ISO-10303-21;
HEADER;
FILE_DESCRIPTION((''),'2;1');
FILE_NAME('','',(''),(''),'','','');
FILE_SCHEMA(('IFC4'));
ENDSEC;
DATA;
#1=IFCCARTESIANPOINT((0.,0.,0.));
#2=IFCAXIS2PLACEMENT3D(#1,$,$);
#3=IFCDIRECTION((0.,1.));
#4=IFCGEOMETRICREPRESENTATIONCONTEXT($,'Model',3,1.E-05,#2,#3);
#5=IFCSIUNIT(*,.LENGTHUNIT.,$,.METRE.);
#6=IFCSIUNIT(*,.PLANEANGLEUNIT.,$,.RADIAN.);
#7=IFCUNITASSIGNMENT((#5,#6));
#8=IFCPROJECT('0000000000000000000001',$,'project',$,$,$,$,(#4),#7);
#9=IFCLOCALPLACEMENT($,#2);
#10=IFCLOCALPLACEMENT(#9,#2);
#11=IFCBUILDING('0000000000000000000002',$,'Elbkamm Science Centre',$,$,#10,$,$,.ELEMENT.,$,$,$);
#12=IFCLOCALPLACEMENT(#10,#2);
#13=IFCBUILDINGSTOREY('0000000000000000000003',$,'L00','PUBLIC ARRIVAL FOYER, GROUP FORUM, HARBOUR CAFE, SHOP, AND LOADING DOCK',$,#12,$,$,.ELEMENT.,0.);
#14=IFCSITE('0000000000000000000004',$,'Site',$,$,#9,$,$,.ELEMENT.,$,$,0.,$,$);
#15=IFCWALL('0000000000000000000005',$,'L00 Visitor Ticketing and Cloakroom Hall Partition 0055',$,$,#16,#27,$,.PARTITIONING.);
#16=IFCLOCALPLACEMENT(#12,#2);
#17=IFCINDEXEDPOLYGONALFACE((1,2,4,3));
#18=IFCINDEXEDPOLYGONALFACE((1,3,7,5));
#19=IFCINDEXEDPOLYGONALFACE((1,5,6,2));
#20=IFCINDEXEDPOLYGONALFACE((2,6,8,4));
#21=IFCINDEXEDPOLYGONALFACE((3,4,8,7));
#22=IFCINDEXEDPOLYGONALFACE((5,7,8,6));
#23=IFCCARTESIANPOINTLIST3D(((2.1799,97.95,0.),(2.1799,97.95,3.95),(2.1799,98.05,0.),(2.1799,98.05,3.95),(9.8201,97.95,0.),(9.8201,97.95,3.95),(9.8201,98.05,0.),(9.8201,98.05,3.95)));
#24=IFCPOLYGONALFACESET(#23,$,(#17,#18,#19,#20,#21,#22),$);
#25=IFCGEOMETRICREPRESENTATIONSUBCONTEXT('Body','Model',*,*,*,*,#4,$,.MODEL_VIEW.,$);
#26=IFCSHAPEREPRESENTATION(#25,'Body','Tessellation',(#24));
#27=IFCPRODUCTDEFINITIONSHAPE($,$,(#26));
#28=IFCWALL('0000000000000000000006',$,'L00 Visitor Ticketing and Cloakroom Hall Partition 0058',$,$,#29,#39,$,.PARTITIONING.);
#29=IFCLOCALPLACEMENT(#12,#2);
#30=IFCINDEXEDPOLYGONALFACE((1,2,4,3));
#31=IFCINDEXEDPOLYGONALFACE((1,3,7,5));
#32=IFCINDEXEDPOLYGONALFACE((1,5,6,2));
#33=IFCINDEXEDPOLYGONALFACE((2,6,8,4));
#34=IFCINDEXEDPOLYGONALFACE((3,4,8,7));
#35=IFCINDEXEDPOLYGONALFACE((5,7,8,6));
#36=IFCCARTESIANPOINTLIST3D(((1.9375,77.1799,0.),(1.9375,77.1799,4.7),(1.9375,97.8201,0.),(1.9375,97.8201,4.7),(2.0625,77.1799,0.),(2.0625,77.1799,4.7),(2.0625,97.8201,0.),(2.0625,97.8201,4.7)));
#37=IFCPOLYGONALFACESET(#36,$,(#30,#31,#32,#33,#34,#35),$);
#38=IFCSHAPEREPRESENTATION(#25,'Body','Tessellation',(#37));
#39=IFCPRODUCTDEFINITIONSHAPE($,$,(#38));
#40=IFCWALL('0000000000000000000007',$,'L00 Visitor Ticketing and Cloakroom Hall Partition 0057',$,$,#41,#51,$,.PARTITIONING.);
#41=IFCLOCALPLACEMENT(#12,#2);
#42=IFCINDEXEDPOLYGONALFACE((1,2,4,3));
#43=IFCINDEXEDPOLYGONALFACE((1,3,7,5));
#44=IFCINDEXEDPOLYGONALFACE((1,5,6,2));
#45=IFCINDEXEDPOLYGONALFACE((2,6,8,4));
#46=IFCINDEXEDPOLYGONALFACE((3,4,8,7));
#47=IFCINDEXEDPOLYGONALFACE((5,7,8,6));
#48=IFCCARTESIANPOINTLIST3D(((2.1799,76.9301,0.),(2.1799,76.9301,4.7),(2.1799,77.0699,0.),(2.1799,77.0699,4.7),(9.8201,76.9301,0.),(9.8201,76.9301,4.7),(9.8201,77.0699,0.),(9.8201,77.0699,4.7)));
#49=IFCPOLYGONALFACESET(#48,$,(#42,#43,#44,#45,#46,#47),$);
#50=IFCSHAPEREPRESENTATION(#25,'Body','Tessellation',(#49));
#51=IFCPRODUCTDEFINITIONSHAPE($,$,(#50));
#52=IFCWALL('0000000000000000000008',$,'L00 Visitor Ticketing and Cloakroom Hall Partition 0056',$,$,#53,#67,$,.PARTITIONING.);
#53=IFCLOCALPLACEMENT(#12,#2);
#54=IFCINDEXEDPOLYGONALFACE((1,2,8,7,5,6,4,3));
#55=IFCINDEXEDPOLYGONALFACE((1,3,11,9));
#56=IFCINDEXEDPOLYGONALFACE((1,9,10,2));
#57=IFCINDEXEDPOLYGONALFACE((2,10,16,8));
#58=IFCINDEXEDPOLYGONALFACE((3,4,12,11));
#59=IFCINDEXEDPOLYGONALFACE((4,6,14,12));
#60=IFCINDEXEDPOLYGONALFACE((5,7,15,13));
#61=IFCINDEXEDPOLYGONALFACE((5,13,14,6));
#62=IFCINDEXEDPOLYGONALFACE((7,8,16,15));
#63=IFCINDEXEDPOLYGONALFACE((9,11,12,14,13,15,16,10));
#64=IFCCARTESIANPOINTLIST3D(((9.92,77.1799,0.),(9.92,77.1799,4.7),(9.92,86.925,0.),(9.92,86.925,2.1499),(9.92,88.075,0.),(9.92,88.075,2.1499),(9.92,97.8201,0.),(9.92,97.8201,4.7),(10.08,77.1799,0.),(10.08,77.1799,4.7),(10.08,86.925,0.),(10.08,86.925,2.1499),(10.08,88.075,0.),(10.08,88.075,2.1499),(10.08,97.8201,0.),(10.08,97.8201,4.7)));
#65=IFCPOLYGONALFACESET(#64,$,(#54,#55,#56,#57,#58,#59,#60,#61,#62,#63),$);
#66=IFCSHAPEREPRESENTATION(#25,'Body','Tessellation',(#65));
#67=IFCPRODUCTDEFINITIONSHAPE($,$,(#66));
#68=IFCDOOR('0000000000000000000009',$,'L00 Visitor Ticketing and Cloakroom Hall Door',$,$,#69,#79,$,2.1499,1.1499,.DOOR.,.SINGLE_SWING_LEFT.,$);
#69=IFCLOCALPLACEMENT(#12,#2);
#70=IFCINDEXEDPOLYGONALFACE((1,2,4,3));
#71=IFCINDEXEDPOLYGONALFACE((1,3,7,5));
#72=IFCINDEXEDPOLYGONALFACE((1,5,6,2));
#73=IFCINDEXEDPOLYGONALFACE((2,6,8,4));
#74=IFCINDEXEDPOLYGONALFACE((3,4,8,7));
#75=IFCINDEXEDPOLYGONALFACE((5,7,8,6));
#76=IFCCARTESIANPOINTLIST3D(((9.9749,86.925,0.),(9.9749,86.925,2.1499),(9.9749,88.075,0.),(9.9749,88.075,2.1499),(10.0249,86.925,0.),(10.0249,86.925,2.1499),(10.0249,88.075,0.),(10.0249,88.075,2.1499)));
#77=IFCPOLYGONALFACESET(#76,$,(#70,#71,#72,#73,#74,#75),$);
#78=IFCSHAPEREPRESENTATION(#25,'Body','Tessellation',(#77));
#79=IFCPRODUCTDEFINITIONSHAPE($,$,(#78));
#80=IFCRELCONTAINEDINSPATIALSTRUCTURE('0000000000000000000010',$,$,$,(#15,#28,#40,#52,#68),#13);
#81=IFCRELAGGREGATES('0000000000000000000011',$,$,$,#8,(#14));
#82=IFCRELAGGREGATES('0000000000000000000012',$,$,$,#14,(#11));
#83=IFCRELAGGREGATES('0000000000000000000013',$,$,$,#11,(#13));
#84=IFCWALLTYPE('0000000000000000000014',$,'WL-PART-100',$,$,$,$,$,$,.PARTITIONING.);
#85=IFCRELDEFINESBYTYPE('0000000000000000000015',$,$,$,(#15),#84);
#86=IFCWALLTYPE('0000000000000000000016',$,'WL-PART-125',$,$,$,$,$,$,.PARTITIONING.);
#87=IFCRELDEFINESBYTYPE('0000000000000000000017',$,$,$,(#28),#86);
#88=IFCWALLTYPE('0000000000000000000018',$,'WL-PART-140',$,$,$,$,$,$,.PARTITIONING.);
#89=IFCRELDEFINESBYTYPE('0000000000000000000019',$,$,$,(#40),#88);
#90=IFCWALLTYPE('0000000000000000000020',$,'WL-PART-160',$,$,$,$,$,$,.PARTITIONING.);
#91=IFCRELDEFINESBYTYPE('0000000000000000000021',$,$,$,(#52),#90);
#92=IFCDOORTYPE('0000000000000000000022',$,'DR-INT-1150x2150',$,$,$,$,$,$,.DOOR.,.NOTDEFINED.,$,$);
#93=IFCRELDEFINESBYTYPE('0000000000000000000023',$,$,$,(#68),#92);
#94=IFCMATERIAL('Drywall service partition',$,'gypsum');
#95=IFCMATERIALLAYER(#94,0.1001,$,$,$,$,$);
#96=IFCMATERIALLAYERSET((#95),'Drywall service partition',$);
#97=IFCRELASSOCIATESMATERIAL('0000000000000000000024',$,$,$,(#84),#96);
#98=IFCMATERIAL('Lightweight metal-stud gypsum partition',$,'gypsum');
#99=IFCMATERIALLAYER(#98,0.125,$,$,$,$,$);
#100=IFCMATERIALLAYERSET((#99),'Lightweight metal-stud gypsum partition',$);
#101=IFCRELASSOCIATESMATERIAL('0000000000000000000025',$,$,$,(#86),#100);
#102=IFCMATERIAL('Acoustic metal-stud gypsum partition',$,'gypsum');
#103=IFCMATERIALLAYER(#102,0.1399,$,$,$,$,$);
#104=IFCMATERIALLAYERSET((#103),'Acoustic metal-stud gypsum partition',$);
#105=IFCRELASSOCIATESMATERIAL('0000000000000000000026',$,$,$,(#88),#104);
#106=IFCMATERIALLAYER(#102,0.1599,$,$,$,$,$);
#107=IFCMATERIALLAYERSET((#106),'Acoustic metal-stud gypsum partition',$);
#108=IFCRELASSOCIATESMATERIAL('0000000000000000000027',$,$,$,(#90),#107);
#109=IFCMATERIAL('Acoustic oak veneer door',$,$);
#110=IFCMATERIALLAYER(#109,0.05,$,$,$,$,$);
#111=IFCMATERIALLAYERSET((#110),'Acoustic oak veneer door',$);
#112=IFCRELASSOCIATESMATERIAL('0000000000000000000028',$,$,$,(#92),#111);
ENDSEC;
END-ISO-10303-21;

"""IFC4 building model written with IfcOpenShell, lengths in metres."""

from ifc_helpers import new_model, si_unit, direction, frame, frame_2d, origin, place, context, subcontext, project, spatial, rectangle, extrude, material, layer, layer_set, type_object, element, fill, save


model = new_model("IFC4")

# Units and contexts
model_context = context("Model", 3, precision=1e-05, world=origin(), true_north=direction((0.0, 1.0)))
body_context = subcontext(model_context, "Body", "Model", "MODEL_VIEW")
ifc_project = project(units=[si_unit("LENGTHUNIT", "METRE"), si_unit("PLANEANGLEUNIT", "RADIAN")], contexts=[model_context])

# Site, building, storey
site_placement = place(None, origin())
site = spatial("IfcSite", under=ifc_project, at=site_placement, Name="Site", CompositionType="ELEMENT", RefElevation=0.0)
building_placement = place(site_placement, origin())
building = spatial("IfcBuilding", under=site, at=building_placement, Name="Elbkamm Science Centre", CompositionType="ELEMENT")
storey_placement = place(building_placement, origin())
storey = spatial("IfcBuildingStorey", under=building, at=storey_placement, Name="L00", Description="PUBLIC ARRIVAL FOYER, GROUP FORUM, HARBOUR CAFE, SHOP, AND LOADING DOCK", CompositionType="ELEMENT", Elevation=0.0)

# Walls
ifc_material_1 = material(Name="Drywall service partition", Category="gypsum")
ifc_layer_1 = layer(ifc_material_1, 0.1001)
ifc_layer_set_1 = layer_set([ifc_layer_1], Name="Drywall service partition")
wall_type_1 = type_object("IfcWallType", Name="WL-PART-100", PredefinedType="PARTITIONING", material=ifc_layer_set_1)
wall_1_placement = place(storey_placement, frame((2.1799, 98.0, 0.0), z_axis=(0.0, 0.0, 1.0), x_axis=(1.0, 0.0, 0.0)))
element("IfcWall", 1, at=wall_1_placement, inside=storey, type_object=wall_type_1, Name="L00 Visitor Ticketing and Cloakroom Hall Partition 0055", PredefinedType="PARTITIONING", context=body_context, shape_type="SweptSolid", body=[
    extrude(rectangle(XDim=7.6401, YDim=0.1001, at=frame_2d((3.8201, 0.0))), origin(), (0.0, 0.0, 1.0), 3.95),
])
ifc_material_2 = material(Name="Lightweight metal-stud gypsum partition", Category="gypsum")
ifc_layer_2 = layer(ifc_material_2, 0.125)
ifc_layer_set_2 = layer_set([ifc_layer_2], Name="Lightweight metal-stud gypsum partition")
wall_type_2 = type_object("IfcWallType", Name="WL-PART-125", PredefinedType="PARTITIONING", material=ifc_layer_set_2)
wall_2_placement = place(storey_placement, frame((2.0, 77.1799, 0.0), z_axis=(0.0, 0.0, 1.0), x_axis=(0.0, 1.0, 0.0)))
element("IfcWall", 2, at=wall_2_placement, inside=storey, type_object=wall_type_2, Name="L00 Visitor Ticketing and Cloakroom Hall Partition 0058", PredefinedType="PARTITIONING", context=body_context, shape_type="SweptSolid", body=[
    extrude(rectangle(XDim=20.6401, YDim=0.125, at=frame_2d((10.3201, 0.0))), origin(), (0.0, 0.0, 1.0), 4.7),
])
ifc_material_3 = material(Name="Acoustic metal-stud gypsum partition", Category="gypsum")
ifc_layer_3 = layer(ifc_material_3, 0.1399)
ifc_layer_set_3 = layer_set([ifc_layer_3], Name="Acoustic metal-stud gypsum partition")
wall_type_3 = type_object("IfcWallType", Name="WL-PART-140", PredefinedType="PARTITIONING", material=ifc_layer_set_3)
wall_3_placement = place(storey_placement, frame((9.8201, 77.0, 0.0), z_axis=(0.0, 0.0, 1.0), x_axis=(-1.0, 0.0, 0.0)))
element("IfcWall", 3, at=wall_3_placement, inside=storey, type_object=wall_type_3, Name="L00 Visitor Ticketing and Cloakroom Hall Partition 0057", PredefinedType="PARTITIONING", context=body_context, shape_type="SweptSolid", body=[
    extrude(rectangle(XDim=7.6401, YDim=0.1399, at=frame_2d((3.8201, 0.0))), origin(), (0.0, 0.0, 1.0), 4.7),
])

# Wall, opening, door
ifc_layer_4 = layer(ifc_material_3, 0.1599)
ifc_layer_set_4 = layer_set([ifc_layer_4], Name="Acoustic metal-stud gypsum partition")
wall_type_4 = type_object("IfcWallType", Name="WL-PART-160", PredefinedType="PARTITIONING", material=ifc_layer_set_4)
wall_4_placement = place(storey_placement, frame((10.0, 97.8201, 0.0), z_axis=(0.0, 0.0, 1.0), x_axis=(0.0, -1.0, 0.0)))
wall_4 = element("IfcWall", 4, at=wall_4_placement, inside=storey, type_object=wall_type_4, Name="L00 Visitor Ticketing and Cloakroom Hall Partition 0056", PredefinedType="PARTITIONING", context=body_context, shape_type="SweptSolid", body=[
    extrude(rectangle(XDim=20.6401, YDim=0.1599, at=frame_2d((10.3201, 0.0))), origin(), (0.0, 0.0, 1.0), 4.7),
])
opening_1_placement = place(wall_4_placement, frame((9.7451, 0.0, 0.0)))
opening_1 = element("IfcOpeningElement", 5, at=opening_1_placement, cuts=wall_4, PredefinedType="OPENING", context=body_context, shape_type="SweptSolid", body=[
    extrude(rectangle(XDim=1.1499, YDim=2.1499, at=frame_2d((0.575, 1.075))), frame((0.0, 0.0918, 0.0), z_axis=(0.0, -1.0, 0.0), x_axis=(1.0, 0.0, 0.0)), (0.0, 0.0, 1.0), 0.1838),
])
ifc_material_4 = material(Name="Acoustic oak veneer door")
ifc_layer_5 = layer(ifc_material_4, 0.05)
ifc_layer_set_5 = layer_set([ifc_layer_5], Name="Acoustic oak veneer door")
door_type_1 = type_object("IfcDoorType", Name="DR-INT-1150x2150", OperationType="NOTDEFINED", PredefinedType="DOOR", material=ifc_layer_set_5)
door_1_placement = place(opening_1_placement, origin())
door_1 = element("IfcDoor", 6, at=door_1_placement, inside=storey, type_object=door_type_1, Name="L00 Visitor Ticketing and Cloakroom Hall Door", OperationType="SINGLE_SWING_LEFT", OverallHeight=2.1499, OverallWidth=1.1499, PredefinedType="DOOR", context=body_context, shape_type="SweptSolid", body=[
    extrude(rectangle(XDim=1.1499, YDim=2.1499, at=frame_2d((0.575, 1.075))), frame((0.0, 0.0249, 0.0), z_axis=(0.0, -1.0, 0.0), x_axis=(1.0, 0.0, 0.0)), (0.0, 0.0, 1.0), 0.05),
])
fill(opening_1, door_1)

save(model, "model.ifc")
